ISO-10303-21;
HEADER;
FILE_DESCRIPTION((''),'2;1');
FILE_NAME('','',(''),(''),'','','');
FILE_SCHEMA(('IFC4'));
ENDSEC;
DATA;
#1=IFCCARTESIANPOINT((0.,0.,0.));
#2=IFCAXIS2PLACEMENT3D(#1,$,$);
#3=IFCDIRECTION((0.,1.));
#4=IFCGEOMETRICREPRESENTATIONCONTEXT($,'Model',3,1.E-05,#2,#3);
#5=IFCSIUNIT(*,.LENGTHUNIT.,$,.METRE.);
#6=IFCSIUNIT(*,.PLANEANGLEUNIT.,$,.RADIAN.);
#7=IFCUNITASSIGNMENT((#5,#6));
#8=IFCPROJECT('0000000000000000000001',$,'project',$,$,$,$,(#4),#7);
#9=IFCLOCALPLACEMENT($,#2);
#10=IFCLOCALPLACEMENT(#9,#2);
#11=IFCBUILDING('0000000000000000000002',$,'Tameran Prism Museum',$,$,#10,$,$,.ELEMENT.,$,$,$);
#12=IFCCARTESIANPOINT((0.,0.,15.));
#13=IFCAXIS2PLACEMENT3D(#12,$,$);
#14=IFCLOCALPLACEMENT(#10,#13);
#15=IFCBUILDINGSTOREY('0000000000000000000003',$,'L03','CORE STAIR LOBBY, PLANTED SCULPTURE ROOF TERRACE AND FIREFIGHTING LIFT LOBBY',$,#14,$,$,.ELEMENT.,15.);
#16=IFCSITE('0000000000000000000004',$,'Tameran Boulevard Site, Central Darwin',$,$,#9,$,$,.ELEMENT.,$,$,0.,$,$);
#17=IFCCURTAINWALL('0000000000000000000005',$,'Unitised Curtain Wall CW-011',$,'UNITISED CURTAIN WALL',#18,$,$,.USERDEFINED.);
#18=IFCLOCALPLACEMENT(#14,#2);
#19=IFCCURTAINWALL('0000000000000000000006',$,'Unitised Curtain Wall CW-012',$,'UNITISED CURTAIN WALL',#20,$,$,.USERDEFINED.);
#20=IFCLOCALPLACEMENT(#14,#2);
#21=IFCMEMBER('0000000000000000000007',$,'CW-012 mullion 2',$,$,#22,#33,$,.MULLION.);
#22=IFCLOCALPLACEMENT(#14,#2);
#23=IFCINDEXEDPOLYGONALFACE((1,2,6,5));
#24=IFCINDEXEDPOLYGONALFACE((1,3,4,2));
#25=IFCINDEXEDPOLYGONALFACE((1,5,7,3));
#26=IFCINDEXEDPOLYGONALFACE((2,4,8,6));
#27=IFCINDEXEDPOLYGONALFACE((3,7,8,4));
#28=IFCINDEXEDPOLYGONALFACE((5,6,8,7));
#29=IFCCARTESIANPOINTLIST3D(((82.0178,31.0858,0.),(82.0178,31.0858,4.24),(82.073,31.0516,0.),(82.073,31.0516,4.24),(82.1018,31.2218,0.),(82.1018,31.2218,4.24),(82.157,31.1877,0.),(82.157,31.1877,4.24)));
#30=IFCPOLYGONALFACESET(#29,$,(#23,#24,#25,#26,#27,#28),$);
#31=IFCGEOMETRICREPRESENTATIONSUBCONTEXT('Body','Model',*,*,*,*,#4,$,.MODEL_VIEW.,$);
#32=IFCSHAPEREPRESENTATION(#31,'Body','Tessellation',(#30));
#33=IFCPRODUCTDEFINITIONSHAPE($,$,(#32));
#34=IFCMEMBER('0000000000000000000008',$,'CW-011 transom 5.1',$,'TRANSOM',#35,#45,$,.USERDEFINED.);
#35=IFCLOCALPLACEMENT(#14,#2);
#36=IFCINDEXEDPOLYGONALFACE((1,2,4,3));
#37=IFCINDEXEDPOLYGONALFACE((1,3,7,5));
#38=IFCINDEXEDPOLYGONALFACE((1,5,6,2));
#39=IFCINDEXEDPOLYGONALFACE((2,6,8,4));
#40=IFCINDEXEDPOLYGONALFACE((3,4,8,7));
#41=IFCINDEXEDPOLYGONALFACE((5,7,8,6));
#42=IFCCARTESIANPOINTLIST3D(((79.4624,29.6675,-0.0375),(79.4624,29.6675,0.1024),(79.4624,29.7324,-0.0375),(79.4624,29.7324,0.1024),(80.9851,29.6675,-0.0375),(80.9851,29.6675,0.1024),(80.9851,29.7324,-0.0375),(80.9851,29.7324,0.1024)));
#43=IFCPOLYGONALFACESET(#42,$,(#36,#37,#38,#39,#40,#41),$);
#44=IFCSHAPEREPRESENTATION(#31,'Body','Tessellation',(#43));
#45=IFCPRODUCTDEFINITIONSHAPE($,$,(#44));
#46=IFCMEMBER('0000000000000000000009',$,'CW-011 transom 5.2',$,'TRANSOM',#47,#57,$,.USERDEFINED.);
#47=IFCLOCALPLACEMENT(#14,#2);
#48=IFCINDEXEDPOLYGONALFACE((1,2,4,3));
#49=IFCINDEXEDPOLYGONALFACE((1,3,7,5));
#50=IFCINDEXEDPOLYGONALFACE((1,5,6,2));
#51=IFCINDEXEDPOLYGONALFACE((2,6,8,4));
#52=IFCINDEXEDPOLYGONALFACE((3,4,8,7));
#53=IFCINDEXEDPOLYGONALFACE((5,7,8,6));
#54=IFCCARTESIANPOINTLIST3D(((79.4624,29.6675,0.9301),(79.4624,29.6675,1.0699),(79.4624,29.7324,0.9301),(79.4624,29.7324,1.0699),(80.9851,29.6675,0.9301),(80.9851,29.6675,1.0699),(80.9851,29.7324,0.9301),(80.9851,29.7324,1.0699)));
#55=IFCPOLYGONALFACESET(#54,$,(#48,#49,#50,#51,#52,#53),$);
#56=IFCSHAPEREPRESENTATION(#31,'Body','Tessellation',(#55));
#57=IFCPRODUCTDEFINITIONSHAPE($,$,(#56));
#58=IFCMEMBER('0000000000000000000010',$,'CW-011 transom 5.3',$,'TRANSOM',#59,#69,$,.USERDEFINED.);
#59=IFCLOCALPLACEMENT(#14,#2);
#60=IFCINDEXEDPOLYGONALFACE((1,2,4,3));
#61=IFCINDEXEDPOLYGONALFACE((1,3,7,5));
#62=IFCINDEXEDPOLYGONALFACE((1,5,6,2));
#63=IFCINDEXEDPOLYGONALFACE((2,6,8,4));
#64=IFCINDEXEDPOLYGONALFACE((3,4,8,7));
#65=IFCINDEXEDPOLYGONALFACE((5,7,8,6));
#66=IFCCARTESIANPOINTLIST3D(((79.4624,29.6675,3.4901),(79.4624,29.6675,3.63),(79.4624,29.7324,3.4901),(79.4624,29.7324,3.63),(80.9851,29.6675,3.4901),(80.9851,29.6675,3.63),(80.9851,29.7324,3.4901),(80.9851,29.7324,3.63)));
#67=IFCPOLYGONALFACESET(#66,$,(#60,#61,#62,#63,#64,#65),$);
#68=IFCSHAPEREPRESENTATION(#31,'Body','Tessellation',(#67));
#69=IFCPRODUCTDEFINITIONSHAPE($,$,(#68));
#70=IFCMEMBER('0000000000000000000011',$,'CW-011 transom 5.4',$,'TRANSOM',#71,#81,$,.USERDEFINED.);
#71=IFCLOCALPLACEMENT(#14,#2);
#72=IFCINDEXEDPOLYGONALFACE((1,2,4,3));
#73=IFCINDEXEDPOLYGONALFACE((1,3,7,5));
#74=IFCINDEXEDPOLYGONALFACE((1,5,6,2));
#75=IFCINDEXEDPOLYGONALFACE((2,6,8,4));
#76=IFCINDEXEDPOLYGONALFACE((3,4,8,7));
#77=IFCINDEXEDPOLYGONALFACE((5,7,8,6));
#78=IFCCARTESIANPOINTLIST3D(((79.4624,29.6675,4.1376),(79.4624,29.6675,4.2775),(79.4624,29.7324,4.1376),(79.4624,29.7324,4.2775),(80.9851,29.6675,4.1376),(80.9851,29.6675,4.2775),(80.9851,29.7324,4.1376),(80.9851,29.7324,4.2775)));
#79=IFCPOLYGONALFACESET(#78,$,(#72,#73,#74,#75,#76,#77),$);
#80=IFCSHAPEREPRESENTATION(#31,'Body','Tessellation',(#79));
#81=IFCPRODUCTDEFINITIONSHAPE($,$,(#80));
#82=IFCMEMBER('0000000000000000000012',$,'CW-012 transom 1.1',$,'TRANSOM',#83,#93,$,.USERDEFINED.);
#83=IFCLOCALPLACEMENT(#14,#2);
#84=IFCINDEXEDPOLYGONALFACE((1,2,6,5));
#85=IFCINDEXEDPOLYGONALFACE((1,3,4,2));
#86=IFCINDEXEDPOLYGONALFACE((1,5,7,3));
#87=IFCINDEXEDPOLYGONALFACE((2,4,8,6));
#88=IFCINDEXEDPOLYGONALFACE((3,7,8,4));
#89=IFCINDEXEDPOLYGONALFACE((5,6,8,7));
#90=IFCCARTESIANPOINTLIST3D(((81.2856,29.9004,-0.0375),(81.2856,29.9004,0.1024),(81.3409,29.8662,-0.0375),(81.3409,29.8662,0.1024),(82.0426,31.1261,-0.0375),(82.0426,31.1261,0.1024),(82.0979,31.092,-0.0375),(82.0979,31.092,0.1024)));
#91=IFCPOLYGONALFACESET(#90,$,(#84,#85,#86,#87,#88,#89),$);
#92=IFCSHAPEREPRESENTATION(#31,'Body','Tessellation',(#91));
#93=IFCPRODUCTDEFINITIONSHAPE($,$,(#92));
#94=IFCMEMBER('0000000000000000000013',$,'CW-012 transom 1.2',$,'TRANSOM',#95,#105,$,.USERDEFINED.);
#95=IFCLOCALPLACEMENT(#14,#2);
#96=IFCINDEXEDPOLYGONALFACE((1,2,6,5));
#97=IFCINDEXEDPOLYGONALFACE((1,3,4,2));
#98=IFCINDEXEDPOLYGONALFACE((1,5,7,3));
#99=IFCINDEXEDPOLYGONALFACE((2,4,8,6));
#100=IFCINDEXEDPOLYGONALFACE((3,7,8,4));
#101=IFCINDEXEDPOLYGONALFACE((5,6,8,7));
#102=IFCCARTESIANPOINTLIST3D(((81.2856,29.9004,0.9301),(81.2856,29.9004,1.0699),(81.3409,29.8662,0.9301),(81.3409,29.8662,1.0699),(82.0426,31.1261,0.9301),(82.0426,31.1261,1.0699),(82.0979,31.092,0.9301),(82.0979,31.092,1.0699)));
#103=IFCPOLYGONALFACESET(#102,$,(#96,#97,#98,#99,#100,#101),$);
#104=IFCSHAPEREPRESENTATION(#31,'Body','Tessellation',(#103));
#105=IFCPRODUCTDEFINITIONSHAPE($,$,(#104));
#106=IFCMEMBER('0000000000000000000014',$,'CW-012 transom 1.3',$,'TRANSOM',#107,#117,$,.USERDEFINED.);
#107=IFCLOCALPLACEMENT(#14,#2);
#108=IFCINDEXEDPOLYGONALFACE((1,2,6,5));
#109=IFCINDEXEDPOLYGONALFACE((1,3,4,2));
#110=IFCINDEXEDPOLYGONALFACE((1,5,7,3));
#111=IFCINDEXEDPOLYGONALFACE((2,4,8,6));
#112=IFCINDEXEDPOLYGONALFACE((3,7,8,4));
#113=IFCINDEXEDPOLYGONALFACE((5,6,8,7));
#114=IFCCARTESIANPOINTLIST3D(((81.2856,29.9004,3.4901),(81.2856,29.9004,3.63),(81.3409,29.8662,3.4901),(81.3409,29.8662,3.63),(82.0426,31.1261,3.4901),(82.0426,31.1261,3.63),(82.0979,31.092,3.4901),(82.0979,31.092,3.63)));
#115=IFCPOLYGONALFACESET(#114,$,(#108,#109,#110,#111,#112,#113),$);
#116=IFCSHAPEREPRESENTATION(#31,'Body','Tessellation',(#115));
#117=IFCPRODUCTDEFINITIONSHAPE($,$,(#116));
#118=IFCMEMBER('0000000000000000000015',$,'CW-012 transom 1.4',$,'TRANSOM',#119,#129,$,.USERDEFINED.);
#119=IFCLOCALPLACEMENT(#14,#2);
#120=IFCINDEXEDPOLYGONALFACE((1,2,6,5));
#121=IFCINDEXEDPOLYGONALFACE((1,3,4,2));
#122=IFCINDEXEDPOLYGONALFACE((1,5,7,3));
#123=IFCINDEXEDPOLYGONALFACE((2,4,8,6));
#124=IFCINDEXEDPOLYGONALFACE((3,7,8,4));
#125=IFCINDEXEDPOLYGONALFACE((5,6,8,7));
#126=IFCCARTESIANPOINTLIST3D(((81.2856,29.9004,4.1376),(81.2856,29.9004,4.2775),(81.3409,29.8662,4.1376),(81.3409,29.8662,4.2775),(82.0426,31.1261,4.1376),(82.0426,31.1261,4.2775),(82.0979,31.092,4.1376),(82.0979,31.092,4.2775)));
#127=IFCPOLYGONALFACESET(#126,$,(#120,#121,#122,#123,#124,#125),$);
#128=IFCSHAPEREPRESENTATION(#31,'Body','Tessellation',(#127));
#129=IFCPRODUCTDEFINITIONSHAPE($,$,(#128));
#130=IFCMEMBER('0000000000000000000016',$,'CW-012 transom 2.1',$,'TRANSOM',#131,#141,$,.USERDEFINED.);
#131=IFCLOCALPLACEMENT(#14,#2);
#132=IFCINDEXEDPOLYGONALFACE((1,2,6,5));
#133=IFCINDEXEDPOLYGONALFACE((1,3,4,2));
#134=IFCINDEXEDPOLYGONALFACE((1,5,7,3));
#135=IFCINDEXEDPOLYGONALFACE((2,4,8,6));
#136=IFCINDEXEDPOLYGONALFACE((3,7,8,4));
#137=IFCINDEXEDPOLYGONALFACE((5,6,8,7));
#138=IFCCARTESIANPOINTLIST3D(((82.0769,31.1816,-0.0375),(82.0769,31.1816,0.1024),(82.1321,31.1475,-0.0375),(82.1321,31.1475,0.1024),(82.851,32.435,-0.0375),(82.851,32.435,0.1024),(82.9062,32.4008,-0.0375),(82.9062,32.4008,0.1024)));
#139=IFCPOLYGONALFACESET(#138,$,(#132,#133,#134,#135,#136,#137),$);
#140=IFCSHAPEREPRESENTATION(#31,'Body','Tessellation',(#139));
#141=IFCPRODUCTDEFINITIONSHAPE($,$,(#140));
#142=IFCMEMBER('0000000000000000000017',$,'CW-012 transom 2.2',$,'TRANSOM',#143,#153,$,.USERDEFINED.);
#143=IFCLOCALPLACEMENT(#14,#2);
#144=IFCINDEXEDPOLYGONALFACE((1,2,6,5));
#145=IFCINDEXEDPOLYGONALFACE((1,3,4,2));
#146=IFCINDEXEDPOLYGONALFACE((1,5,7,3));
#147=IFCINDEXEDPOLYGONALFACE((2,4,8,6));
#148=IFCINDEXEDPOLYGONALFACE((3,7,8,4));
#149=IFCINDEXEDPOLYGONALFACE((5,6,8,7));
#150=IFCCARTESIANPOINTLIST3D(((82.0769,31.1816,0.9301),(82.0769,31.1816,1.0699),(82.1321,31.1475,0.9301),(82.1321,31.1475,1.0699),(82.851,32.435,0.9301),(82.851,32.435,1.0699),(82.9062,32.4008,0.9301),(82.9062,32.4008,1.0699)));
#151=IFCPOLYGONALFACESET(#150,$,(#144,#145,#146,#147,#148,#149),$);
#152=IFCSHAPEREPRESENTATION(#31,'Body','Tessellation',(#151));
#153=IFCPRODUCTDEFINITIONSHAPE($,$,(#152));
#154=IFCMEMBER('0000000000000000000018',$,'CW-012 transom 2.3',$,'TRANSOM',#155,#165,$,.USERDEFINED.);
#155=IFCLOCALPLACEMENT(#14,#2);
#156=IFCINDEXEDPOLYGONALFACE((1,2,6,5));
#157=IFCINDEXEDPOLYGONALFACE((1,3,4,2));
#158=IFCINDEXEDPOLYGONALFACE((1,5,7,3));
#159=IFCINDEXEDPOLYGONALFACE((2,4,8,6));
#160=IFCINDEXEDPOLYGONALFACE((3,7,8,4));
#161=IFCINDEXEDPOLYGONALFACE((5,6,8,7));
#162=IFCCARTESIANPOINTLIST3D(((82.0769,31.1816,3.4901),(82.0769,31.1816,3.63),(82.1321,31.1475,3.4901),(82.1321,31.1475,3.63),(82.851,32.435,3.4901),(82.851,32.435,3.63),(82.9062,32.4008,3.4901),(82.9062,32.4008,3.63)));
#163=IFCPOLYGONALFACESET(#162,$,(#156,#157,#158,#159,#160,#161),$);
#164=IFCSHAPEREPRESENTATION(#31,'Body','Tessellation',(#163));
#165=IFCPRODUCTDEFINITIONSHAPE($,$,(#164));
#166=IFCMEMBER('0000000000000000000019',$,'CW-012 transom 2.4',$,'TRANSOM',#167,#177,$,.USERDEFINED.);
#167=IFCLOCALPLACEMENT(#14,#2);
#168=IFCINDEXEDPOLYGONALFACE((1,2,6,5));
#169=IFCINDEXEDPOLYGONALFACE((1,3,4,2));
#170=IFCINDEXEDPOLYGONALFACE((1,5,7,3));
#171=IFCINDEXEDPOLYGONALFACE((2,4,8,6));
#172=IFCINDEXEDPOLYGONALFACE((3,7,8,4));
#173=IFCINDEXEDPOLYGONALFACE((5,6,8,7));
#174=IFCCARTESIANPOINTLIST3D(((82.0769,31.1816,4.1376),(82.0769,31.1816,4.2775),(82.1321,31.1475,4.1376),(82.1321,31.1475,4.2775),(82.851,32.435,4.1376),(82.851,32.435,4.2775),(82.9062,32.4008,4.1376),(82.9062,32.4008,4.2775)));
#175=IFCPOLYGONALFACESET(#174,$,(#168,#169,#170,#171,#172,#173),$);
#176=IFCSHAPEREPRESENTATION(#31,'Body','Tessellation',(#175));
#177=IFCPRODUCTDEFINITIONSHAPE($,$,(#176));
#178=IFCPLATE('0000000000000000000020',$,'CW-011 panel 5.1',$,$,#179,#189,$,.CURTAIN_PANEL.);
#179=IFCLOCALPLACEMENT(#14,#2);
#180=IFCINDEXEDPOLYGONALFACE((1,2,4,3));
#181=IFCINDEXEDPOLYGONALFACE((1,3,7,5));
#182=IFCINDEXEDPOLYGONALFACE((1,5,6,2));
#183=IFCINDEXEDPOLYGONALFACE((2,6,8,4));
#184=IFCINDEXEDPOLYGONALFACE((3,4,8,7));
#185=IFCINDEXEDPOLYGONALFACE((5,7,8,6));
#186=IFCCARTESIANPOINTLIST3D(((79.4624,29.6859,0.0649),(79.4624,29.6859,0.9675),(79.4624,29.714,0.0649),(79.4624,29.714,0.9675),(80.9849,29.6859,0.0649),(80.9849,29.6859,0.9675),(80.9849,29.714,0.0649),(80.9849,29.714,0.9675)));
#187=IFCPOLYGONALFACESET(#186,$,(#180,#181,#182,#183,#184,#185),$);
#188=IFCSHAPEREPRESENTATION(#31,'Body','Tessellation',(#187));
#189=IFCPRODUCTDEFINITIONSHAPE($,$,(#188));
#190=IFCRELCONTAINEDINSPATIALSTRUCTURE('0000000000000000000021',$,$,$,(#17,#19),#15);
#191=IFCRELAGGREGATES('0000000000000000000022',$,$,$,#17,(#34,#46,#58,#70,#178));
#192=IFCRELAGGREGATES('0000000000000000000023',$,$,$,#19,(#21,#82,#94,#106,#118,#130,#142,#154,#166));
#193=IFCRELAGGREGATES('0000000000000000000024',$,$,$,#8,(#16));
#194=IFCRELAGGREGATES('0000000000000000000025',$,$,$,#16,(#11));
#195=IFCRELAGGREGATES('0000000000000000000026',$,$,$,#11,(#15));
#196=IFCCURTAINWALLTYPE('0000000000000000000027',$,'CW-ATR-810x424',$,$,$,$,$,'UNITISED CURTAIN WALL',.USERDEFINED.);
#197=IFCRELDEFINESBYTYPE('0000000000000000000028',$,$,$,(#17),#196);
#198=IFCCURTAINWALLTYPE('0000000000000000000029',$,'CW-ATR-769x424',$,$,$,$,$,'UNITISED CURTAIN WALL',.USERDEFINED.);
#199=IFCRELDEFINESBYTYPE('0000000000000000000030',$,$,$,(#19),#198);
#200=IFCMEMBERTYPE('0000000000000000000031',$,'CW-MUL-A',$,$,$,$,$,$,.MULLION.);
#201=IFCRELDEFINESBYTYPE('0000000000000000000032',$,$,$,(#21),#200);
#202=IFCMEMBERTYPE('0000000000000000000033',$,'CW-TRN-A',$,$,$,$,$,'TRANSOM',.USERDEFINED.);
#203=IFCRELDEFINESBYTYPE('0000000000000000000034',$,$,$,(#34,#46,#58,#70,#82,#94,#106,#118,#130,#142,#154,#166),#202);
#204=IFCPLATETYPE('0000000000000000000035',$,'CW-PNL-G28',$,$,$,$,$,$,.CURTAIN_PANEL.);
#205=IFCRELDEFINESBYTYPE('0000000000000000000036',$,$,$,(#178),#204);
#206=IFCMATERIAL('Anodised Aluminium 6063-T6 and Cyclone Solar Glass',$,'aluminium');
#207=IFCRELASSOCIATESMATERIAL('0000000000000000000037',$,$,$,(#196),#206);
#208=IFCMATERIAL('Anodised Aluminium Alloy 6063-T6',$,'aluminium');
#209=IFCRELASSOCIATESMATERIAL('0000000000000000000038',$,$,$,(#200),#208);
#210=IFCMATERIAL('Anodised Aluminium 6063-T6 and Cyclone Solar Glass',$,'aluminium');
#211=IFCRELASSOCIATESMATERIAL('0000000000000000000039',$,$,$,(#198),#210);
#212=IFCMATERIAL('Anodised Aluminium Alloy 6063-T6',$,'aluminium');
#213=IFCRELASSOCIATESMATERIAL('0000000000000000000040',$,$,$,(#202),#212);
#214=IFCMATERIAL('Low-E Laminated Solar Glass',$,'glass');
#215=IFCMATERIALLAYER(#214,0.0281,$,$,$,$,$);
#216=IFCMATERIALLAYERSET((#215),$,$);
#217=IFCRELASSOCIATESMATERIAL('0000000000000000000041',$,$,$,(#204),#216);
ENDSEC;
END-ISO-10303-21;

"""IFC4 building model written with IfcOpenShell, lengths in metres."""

from ifc_helpers import new_model, si_unit, direction, frame, origin, origin_2d, place, context, subcontext, project, spatial, rectangle, extrude, material, layer, layer_set, material_profile, profile_set, type_object, element, aggregate, save


model = new_model("IFC4")

# Units and contexts
model_context = context("Model", 3, precision=1e-05, world=origin(), true_north=direction((0.0, 1.0)))
body_context = subcontext(model_context, "Body", "Model", "MODEL_VIEW")
ifc_project = project(units=[si_unit("LENGTHUNIT", "METRE"), si_unit("PLANEANGLEUNIT", "RADIAN")], contexts=[model_context])

# Site, building, storey
site_placement = place(None, origin())
site = spatial("IfcSite", under=ifc_project, at=site_placement, Name="Tameran Boulevard Site, Central Darwin", CompositionType="ELEMENT", RefElevation=0.0)
building_placement = place(site_placement, origin())
building = spatial("IfcBuilding", under=site, at=building_placement, Name="Tameran Prism Museum", CompositionType="ELEMENT")
storey_placement = place(building_placement, frame((0.0, 0.0, 15.0)))
storey = spatial("IfcBuildingStorey", under=building, at=storey_placement, Name="L03", Description="CORE STAIR LOBBY, PLANTED SCULPTURE ROOF TERRACE AND FIREFIGHTING LIFT LOBBY", CompositionType="ELEMENT", Elevation=15.0)

# Curtain walls, member
ifc_material_1 = material(Name="Anodised Aluminium 6063-T6 and Cyclone Solar Glass", Category="aluminium")
curtain_wall_type_1 = type_object("IfcCurtainWallType", Name="CW-ATR-810x424", ElementType="UNITISED CURTAIN WALL", PredefinedType="USERDEFINED", material=ifc_material_1)
curtain_wall_1_placement = place(storey_placement, origin())
curtain_wall_1 = element("IfcCurtainWall", 1, at=curtain_wall_1_placement, inside=storey, type_object=curtain_wall_type_1, Name="Unitised Curtain Wall CW-011", ObjectType="UNITISED CURTAIN WALL", PredefinedType="USERDEFINED")
ifc_material_2 = material(Name="Anodised Aluminium Alloy 6063-T6", Category="aluminium")
ifc_material_profile_1 = material_profile(ifc_material_2, rectangle(XDim=0.0649, YDim=0.1599, at=origin_2d()))
ifc_profile_set_1 = profile_set([ifc_material_profile_1])
member_type_1 = type_object("IfcMemberType", Name="CW-MUL-A", PredefinedType="MULLION", material=ifc_profile_set_1)
ifc_material_3 = material(Name="Anodised Aluminium 6063-T6 and Cyclone Solar Glass", Category="aluminium")
curtain_wall_type_2 = type_object("IfcCurtainWallType", Name="CW-ATR-769x424", ElementType="UNITISED CURTAIN WALL", PredefinedType="USERDEFINED", material=ifc_material_3)
curtain_wall_2_placement = place(storey_placement, origin())
curtain_wall_2 = element("IfcCurtainWall", 2, at=curtain_wall_2_placement, inside=storey, type_object=curtain_wall_type_2, Name="Unitised Curtain Wall CW-012", ObjectType="UNITISED CURTAIN WALL", PredefinedType="USERDEFINED")
member_1_placement = place(storey_placement, frame((82.0874, 31.1367, 0.0), z_axis=(0.0, 0.0, 1.0), x_axis=(-0.850791, 0.525504, 0.0)))
member_1 = element("IfcMember", 3, at=member_1_placement, type_object=member_type_1, Name="CW-012 mullion 2", PredefinedType="MULLION", context=body_context, shape_type="SweptSolid", body=[
    extrude(rectangle(XDim=0.0649, YDim=0.1599, at=origin_2d()), origin(), (0.0, 0.0, 1.0), 4.24),
])

# Members
ifc_material_4 = material(Name="Anodised Aluminium Alloy 6063-T6", Category="aluminium")
ifc_material_profile_2 = material_profile(ifc_material_4, rectangle(XDim=0.0649, YDim=0.1399, at=origin_2d()))
ifc_profile_set_2 = profile_set([ifc_material_profile_2])
member_type_2 = type_object("IfcMemberType", Name="CW-TRN-A", ElementType="TRANSOM", PredefinedType="USERDEFINED", material=ifc_profile_set_2)
member_2_placement = place(storey_placement, frame((79.4624, 29.7, 0.0325), z_axis=(1.0, 0.0, 0.0), x_axis=(0.0, 1.0, 0.0)))
member_2 = element("IfcMember", 4, at=member_2_placement, type_object=member_type_2, Name="CW-011 transom 5.1", ObjectType="TRANSOM", PredefinedType="USERDEFINED", context=body_context, shape_type="SweptSolid", body=[
    extrude(rectangle(XDim=0.0649, YDim=0.1399, at=origin_2d()), origin(), (0.0, 0.0, 1.0), 1.5227),
])
member_3_placement = place(storey_placement, frame((79.4624, 29.7, 1.0), z_axis=(1.0, 0.0, 0.0), x_axis=(0.0, 1.0, 0.0)))
member_3 = element("IfcMember", 5, at=member_3_placement, type_object=member_type_2, Name="CW-011 transom 5.2", ObjectType="TRANSOM", PredefinedType="USERDEFINED", context=body_context, shape_type="SweptSolid", body=[
    extrude(rectangle(XDim=0.0649, YDim=0.1399, at=origin_2d()), origin(), (0.0, 0.0, 1.0), 1.5227),
])
member_4_placement = place(storey_placement, frame((79.4624, 29.7, 3.5601), z_axis=(1.0, 0.0, 0.0), x_axis=(0.0, 1.0, 0.0)))
member_4 = element("IfcMember", 6, at=member_4_placement, type_object=member_type_2, Name="CW-011 transom 5.3", ObjectType="TRANSOM", PredefinedType="USERDEFINED", context=body_context, shape_type="SweptSolid", body=[
    extrude(rectangle(XDim=0.0649, YDim=0.1399, at=origin_2d()), origin(), (0.0, 0.0, 1.0), 1.5227),
])
member_5_placement = place(storey_placement, frame((79.4624, 29.7, 4.2075), z_axis=(1.0, 0.0, 0.0), x_axis=(0.0, 1.0, 0.0)))
member_5 = element("IfcMember", 7, at=member_5_placement, type_object=member_type_2, Name="CW-011 transom 5.4", ObjectType="TRANSOM", PredefinedType="USERDEFINED", context=body_context, shape_type="SweptSolid", body=[
    extrude(rectangle(XDim=0.0649, YDim=0.1399, at=origin_2d()), origin(), (0.0, 0.0, 1.0), 1.5227),
])
member_6_placement = place(storey_placement, frame((81.3132, 29.8833, 0.0325), z_axis=(0.525468, 0.850814, 0.0), x_axis=(-0.850814, 0.525468, 0.0)))
member_6 = element("IfcMember", 8, at=member_6_placement, type_object=member_type_2, Name="CW-012 transom 1.1", ObjectType="TRANSOM", PredefinedType="USERDEFINED", context=body_context, shape_type="SweptSolid", body=[
    extrude(rectangle(XDim=0.0649, YDim=0.1399, at=origin_2d()), origin(), (0.0, 0.0, 1.0), 1.4407),
])
member_7_placement = place(storey_placement, frame((81.3132, 29.8833, 1.0), z_axis=(0.525468, 0.850814, 0.0), x_axis=(-0.850814, 0.525468, 0.0)))
member_7 = element("IfcMember", 9, at=member_7_placement, type_object=member_type_2, Name="CW-012 transom 1.2", ObjectType="TRANSOM", PredefinedType="USERDEFINED", context=body_context, shape_type="SweptSolid", body=[
    extrude(rectangle(XDim=0.0649, YDim=0.1399, at=origin_2d()), origin(), (0.0, 0.0, 1.0), 1.4407),
])
member_8_placement = place(storey_placement, frame((81.3132, 29.8833, 3.5601), z_axis=(0.525468, 0.850814, 0.0), x_axis=(-0.850814, 0.525468, 0.0)))
member_8 = element("IfcMember", 10, at=member_8_placement, type_object=member_type_2, Name="CW-012 transom 1.3", ObjectType="TRANSOM", PredefinedType="USERDEFINED", context=body_context, shape_type="SweptSolid", body=[
    extrude(rectangle(XDim=0.0649, YDim=0.1399, at=origin_2d()), origin(), (0.0, 0.0, 1.0), 1.4407),
])
member_9_placement = place(storey_placement, frame((81.3132, 29.8833, 4.2075), z_axis=(0.525468, 0.850814, 0.0), x_axis=(-0.850814, 0.525468, 0.0)))
member_9 = element("IfcMember", 11, at=member_9_placement, type_object=member_type_2, Name="CW-012 transom 1.4", ObjectType="TRANSOM", PredefinedType="USERDEFINED", context=body_context, shape_type="SweptSolid", body=[
    extrude(rectangle(XDim=0.0649, YDim=0.1399, at=origin_2d()), origin(), (0.0, 0.0, 1.0), 1.4407),
])
member_10_placement = place(storey_placement, frame((82.1045, 31.1646, 0.0325), z_axis=(0.525493, 0.850798, 0.0), x_axis=(-0.850798, 0.525493, 0.0)))
member_10 = element("IfcMember", 12, at=member_10_placement, type_object=member_type_2, Name="CW-012 transom 2.1", ObjectType="TRANSOM", PredefinedType="USERDEFINED", context=body_context, shape_type="SweptSolid", body=[
    extrude(rectangle(XDim=0.0649, YDim=0.1399, at=origin_2d()), origin(), (0.0, 0.0, 1.0), 1.4731),
])
member_11_placement = place(storey_placement, frame((82.1045, 31.1646, 1.0), z_axis=(0.525493, 0.850798, 0.0), x_axis=(-0.850798, 0.525493, 0.0)))
member_11 = element("IfcMember", 13, at=member_11_placement, type_object=member_type_2, Name="CW-012 transom 2.2", ObjectType="TRANSOM", PredefinedType="USERDEFINED", context=body_context, shape_type="SweptSolid", body=[
    extrude(rectangle(XDim=0.0649, YDim=0.1399, at=origin_2d()), origin(), (0.0, 0.0, 1.0), 1.4731),
])
member_12_placement = place(storey_placement, frame((82.1045, 31.1646, 3.5601), z_axis=(0.525493, 0.850798, 0.0), x_axis=(-0.850798, 0.525493, 0.0)))
member_12 = element("IfcMember", 14, at=member_12_placement, type_object=member_type_2, Name="CW-012 transom 2.3", ObjectType="TRANSOM", PredefinedType="USERDEFINED", context=body_context, shape_type="SweptSolid", body=[
    extrude(rectangle(XDim=0.0649, YDim=0.1399, at=origin_2d()), origin(), (0.0, 0.0, 1.0), 1.4731),
])
member_13_placement = place(storey_placement, frame((82.1045, 31.1646, 4.2075), z_axis=(0.525493, 0.850798, 0.0), x_axis=(-0.850798, 0.525493, 0.0)))
member_13 = element("IfcMember", 15, at=member_13_placement, type_object=member_type_2, Name="CW-012 transom 2.4", ObjectType="TRANSOM", PredefinedType="USERDEFINED", context=body_context, shape_type="SweptSolid", body=[
    extrude(rectangle(XDim=0.0649, YDim=0.1399, at=origin_2d()), origin(), (0.0, 0.0, 1.0), 1.4731),
])

# Plate
ifc_material_5 = material(Name="Low-E Laminated Solar Glass", Category="glass")
ifc_layer_1 = layer(ifc_material_5, 0.0281)
ifc_layer_set_1 = layer_set([ifc_layer_1])
plate_type = type_object("IfcPlateType", Name="CW-PNL-G28", PredefinedType="CURTAIN_PANEL", material=ifc_layer_set_1)
plate_1_placement = place(storey_placement, frame((80.2236, 29.7, 0.0649), z_axis=(0.0, 0.0, 1.0), x_axis=(1.0, 0.0, 0.0)))
plate_1 = element("IfcPlate", 16, at=plate_1_placement, type_object=plate_type, Name="CW-011 panel 5.1", PredefinedType="CURTAIN_PANEL", context=body_context, shape_type="SweptSolid", body=[
    extrude(rectangle(XDim=1.5225, YDim=0.0281, at=origin_2d()), origin(), (0.0, 0.0, 1.0), 0.9026),
])
aggregate(curtain_wall_1, [member_2, member_3, member_4, member_5, plate_1])
aggregate(curtain_wall_2, [member_1, member_6, member_7, member_8, member_9, member_10, member_11, member_12, member_13])

save(model, "model.ifc")
